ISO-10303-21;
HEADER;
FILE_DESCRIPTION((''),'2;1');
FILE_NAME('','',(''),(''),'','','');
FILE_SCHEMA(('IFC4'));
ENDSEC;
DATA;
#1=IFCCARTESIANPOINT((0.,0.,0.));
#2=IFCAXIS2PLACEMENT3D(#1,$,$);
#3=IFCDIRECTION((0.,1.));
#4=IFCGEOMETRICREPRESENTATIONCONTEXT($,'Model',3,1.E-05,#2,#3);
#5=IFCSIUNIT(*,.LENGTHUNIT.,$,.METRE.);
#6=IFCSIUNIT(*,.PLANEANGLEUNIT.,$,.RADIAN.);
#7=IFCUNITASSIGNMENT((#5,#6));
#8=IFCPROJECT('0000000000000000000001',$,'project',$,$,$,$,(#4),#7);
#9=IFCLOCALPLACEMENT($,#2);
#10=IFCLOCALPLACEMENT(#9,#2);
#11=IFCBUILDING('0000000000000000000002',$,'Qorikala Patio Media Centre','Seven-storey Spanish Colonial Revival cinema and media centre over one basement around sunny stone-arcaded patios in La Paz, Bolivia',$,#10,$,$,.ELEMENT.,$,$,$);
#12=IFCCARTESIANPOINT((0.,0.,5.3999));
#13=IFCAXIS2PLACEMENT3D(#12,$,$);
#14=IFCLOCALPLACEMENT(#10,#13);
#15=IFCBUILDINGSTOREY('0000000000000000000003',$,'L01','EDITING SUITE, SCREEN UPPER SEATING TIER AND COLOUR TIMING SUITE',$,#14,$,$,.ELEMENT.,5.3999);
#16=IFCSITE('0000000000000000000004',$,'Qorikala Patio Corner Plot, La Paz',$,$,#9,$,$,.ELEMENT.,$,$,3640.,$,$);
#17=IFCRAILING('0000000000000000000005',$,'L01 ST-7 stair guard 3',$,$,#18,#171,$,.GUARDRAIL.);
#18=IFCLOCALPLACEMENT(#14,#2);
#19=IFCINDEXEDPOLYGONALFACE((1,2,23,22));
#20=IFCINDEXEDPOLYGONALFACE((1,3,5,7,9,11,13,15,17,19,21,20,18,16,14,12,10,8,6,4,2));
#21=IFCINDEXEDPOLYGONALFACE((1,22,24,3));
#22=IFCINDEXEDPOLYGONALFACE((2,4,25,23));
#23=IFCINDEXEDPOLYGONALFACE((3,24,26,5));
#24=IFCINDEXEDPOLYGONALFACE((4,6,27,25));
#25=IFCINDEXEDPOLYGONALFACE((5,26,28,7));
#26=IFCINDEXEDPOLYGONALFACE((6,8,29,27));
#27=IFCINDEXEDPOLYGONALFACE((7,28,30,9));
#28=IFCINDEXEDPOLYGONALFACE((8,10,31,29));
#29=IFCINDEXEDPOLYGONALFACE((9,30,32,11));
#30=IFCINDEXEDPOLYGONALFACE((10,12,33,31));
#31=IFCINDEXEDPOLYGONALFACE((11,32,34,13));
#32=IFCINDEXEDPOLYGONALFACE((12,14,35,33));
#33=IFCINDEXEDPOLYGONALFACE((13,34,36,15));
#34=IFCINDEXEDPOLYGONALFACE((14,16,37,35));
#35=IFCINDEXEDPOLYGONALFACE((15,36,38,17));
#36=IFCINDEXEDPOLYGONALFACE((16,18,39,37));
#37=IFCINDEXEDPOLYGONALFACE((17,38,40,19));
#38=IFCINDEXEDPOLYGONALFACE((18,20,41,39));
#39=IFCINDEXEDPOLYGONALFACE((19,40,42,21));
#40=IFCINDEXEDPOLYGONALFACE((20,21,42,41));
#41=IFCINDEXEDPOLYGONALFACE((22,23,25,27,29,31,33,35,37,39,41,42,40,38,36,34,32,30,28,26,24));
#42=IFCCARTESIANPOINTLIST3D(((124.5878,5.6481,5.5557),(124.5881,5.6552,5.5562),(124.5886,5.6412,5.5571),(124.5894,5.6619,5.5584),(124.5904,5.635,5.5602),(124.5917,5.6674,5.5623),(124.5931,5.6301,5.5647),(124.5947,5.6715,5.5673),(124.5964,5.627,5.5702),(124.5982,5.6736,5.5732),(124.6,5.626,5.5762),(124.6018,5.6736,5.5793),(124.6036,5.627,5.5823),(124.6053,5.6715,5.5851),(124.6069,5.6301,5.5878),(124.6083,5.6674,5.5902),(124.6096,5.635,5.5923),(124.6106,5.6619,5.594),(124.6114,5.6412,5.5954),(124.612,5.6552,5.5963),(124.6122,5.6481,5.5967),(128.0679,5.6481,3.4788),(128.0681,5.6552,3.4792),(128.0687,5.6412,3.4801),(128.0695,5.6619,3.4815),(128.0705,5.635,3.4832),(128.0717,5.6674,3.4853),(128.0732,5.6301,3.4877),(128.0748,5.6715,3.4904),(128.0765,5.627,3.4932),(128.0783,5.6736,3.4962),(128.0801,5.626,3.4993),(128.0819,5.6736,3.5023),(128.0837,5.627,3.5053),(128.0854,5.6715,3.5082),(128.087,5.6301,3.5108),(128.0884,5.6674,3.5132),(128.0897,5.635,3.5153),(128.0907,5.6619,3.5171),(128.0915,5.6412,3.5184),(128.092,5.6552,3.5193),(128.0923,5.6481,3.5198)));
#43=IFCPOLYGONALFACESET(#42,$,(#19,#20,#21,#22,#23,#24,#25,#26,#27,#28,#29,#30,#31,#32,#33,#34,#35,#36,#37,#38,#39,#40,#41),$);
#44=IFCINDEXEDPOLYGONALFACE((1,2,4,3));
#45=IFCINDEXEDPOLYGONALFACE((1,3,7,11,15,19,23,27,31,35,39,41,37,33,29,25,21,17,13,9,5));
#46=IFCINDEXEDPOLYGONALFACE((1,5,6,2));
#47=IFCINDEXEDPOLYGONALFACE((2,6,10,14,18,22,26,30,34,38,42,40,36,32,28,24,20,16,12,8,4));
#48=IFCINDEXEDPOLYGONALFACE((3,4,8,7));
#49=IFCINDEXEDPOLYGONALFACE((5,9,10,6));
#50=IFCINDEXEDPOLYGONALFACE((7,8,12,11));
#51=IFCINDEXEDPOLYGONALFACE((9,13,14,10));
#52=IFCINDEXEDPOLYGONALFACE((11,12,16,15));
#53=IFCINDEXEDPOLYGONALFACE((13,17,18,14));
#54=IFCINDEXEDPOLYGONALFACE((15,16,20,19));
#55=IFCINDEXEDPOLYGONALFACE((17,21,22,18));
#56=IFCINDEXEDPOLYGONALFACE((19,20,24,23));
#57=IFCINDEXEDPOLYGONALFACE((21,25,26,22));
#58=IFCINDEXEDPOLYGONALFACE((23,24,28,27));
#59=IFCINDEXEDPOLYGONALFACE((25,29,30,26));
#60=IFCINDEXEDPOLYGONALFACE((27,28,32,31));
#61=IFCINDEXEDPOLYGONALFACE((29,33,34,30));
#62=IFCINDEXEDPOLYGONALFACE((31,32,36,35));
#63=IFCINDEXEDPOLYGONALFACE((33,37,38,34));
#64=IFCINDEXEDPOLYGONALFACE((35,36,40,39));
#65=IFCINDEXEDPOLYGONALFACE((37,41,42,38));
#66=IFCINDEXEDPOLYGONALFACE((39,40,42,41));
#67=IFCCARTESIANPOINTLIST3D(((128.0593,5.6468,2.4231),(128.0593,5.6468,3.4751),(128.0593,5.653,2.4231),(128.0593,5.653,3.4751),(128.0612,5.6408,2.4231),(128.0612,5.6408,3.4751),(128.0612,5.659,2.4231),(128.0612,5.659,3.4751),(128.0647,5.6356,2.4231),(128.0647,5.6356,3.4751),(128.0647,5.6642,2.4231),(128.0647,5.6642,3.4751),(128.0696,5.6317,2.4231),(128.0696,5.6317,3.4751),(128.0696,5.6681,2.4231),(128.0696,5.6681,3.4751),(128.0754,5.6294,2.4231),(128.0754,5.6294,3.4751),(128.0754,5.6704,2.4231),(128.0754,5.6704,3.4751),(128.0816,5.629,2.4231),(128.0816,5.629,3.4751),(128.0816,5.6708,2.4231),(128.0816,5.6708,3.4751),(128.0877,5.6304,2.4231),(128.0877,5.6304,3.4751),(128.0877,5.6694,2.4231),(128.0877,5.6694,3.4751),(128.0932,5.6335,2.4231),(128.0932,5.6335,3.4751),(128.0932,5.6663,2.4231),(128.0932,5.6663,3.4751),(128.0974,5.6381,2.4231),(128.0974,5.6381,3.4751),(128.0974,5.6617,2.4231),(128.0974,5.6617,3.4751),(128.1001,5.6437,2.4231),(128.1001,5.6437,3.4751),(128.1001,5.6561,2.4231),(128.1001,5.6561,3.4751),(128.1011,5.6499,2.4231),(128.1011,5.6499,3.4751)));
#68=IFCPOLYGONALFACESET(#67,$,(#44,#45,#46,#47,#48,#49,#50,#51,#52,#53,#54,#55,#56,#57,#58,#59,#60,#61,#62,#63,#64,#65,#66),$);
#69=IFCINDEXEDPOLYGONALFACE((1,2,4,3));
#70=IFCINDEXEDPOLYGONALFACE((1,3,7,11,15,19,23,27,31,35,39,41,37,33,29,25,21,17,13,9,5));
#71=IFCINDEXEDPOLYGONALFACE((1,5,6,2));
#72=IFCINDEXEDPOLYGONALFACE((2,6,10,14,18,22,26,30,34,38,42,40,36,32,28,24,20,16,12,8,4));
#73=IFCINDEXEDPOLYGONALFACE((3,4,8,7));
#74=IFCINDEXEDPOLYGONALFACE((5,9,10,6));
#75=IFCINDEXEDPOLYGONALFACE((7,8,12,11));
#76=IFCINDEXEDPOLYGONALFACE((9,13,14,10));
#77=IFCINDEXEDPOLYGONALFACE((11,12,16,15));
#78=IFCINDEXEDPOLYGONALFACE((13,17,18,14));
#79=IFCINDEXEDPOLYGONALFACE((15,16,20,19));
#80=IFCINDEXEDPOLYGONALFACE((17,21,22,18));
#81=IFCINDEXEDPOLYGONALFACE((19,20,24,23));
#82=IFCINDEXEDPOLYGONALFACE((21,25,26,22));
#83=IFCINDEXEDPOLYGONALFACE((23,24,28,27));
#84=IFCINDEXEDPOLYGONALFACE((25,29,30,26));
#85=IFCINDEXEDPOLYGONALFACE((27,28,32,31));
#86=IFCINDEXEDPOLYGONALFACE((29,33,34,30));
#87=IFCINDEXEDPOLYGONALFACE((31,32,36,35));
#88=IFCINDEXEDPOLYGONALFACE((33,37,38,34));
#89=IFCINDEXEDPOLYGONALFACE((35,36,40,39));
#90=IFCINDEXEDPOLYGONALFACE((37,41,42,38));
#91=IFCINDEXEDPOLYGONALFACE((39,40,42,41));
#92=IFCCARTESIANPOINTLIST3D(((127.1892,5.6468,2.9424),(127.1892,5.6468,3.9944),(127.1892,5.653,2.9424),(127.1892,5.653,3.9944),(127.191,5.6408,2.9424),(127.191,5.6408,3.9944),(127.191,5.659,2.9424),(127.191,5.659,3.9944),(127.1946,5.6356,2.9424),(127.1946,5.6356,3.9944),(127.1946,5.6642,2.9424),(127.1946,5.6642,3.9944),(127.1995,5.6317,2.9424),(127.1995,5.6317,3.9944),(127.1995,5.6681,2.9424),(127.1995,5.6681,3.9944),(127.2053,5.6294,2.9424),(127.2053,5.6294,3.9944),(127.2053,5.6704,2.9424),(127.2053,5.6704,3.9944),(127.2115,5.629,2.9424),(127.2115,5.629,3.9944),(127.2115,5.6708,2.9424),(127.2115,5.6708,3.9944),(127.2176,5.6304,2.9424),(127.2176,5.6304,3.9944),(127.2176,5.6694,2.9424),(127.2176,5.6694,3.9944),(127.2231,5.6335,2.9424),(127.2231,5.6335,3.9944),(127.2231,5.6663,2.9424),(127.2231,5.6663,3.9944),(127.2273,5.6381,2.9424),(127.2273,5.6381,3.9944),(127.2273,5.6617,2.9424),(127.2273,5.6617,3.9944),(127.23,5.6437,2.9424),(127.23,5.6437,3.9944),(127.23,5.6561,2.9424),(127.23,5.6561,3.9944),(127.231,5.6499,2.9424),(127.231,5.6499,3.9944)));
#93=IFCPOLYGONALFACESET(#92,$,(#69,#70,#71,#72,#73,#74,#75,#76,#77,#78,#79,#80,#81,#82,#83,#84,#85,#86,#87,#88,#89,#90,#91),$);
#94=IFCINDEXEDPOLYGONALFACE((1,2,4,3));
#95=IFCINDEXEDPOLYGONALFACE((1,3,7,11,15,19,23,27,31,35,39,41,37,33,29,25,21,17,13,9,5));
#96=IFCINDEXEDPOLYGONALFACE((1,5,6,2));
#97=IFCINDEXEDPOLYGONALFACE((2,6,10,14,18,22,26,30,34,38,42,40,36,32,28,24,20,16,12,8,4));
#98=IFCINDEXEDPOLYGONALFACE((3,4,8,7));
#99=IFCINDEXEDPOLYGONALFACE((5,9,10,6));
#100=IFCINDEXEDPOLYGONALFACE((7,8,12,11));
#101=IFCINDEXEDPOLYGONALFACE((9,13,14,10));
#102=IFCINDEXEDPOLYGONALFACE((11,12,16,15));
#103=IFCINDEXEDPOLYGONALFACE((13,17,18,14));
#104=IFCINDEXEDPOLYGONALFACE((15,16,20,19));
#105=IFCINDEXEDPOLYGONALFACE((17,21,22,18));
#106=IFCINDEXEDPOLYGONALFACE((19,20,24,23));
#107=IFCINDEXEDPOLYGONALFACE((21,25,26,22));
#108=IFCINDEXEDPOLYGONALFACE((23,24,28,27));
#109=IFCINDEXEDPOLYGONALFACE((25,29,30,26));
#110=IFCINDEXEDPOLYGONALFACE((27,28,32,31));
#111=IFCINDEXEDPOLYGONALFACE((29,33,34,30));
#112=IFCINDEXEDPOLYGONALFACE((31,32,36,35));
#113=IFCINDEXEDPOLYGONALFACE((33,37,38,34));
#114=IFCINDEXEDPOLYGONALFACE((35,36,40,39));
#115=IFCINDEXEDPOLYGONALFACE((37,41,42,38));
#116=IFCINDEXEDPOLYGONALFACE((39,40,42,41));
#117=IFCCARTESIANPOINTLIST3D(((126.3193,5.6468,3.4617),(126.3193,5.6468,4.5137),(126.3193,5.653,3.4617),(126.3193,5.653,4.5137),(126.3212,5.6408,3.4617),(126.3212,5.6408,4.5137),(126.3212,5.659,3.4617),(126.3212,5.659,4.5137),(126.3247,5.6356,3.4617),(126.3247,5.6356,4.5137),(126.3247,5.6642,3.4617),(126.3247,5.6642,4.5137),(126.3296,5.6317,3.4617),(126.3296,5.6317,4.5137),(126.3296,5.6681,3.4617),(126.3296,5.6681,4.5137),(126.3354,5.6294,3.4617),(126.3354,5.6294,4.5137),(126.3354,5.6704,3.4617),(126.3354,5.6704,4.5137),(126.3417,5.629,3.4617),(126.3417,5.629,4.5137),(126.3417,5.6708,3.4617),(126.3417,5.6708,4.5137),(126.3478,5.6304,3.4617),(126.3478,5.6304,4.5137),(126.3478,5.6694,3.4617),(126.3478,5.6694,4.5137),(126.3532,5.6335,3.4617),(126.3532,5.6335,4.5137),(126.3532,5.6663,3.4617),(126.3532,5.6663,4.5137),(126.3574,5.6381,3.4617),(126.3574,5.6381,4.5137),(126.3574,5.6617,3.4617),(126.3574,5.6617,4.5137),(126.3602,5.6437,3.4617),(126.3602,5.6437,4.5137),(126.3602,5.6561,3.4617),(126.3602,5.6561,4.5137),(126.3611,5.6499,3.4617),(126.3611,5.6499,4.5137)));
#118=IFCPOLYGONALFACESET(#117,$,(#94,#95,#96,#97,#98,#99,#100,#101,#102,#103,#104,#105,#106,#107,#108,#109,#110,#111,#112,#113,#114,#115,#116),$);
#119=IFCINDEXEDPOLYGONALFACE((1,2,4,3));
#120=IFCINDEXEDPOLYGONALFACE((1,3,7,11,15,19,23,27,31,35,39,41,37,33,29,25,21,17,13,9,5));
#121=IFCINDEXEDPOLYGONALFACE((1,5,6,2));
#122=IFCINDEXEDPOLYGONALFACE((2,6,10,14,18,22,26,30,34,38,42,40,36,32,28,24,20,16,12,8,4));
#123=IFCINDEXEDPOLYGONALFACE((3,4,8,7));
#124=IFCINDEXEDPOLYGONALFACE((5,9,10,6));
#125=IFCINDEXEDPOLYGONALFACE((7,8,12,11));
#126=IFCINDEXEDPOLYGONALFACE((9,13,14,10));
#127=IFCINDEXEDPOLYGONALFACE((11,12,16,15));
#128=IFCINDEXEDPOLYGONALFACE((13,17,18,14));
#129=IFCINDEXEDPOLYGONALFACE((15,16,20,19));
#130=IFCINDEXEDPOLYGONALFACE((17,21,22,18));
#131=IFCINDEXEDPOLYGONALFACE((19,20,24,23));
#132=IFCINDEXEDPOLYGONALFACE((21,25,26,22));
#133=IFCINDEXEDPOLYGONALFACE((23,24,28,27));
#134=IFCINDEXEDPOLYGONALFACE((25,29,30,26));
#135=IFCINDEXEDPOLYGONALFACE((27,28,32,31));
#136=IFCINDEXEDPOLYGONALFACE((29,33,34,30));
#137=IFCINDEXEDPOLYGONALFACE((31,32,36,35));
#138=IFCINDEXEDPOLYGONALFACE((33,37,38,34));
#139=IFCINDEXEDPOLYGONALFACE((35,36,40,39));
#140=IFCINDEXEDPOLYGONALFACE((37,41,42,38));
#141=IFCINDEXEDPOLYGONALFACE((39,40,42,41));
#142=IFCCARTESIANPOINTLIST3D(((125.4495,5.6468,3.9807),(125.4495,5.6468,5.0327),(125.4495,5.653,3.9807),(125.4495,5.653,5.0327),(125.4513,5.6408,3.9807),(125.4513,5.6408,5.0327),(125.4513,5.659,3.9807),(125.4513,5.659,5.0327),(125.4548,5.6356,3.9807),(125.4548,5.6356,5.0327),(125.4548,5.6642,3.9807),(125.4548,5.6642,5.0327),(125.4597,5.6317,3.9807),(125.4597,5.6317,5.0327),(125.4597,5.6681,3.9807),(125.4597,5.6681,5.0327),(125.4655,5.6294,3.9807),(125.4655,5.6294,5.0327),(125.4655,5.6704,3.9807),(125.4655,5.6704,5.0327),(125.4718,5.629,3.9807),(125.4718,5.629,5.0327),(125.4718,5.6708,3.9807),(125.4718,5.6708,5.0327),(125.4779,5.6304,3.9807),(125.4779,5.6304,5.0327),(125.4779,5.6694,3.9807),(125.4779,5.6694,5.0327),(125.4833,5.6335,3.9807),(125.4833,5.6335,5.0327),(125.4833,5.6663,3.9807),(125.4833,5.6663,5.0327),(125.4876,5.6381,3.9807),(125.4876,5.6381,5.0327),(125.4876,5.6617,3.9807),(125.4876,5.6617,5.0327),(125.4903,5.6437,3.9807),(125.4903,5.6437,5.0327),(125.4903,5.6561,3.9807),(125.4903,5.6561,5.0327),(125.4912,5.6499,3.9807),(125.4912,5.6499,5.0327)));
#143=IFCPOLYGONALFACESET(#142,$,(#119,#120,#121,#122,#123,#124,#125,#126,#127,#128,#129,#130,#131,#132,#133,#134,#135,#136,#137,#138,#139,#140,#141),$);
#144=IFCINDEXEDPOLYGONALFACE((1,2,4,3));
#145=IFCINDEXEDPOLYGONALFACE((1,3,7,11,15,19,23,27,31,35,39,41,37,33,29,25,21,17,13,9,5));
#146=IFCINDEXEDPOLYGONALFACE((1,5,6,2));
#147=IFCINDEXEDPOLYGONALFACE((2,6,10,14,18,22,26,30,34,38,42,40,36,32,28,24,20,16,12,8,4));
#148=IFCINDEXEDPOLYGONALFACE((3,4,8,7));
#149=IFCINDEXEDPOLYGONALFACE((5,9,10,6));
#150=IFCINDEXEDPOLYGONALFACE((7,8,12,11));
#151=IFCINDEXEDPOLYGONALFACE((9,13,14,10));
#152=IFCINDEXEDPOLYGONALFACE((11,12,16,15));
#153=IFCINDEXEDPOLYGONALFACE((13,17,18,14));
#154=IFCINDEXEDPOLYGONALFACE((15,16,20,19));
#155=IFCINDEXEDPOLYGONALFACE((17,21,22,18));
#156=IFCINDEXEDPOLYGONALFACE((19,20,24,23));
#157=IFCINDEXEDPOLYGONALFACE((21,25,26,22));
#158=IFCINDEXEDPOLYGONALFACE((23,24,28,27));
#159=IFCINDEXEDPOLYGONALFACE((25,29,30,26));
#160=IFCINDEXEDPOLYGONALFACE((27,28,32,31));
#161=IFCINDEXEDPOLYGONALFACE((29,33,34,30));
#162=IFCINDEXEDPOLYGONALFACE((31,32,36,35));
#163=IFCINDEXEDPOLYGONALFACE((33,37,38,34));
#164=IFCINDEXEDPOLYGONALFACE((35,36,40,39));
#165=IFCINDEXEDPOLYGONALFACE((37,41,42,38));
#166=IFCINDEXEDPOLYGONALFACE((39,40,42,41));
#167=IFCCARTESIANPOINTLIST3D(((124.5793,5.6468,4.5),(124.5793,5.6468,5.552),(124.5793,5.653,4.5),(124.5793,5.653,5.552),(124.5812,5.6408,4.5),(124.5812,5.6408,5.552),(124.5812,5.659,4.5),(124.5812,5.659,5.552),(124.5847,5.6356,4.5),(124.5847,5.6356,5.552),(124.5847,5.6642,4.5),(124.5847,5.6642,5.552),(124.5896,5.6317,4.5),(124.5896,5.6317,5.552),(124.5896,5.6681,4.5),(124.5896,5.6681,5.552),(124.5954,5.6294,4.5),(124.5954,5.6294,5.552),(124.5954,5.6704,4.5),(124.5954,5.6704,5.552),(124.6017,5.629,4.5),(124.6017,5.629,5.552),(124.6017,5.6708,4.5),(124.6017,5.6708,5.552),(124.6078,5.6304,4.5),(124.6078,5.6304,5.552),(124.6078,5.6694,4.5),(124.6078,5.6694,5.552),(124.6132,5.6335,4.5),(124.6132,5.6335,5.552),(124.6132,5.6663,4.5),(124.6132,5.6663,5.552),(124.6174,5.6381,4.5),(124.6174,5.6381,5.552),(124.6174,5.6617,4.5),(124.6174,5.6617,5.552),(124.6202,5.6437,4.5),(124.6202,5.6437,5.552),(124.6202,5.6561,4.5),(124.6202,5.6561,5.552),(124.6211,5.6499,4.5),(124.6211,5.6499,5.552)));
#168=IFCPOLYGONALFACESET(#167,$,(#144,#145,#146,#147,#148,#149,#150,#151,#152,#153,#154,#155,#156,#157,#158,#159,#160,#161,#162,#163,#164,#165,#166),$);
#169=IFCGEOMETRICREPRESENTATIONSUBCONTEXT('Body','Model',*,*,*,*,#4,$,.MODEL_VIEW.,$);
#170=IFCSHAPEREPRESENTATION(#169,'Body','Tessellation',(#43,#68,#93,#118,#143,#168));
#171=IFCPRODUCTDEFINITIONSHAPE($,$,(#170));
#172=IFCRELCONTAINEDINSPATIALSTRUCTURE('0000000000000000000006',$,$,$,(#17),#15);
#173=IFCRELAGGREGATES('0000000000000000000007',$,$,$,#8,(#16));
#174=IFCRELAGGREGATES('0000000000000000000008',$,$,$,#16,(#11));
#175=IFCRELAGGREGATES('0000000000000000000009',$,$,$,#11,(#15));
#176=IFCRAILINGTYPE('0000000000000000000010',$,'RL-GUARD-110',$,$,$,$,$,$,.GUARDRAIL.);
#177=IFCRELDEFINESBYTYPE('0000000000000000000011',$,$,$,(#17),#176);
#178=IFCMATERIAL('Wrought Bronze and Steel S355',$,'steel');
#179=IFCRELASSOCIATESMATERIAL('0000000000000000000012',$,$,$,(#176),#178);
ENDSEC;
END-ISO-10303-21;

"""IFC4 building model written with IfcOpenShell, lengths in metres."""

from ifc_helpers import new_model, si_unit, direction, frame, origin, origin_2d, place, context, subcontext, project, spatial, circle, extrude, material, type_object, element, save


model = new_model("IFC4")

# Units and contexts
model_context = context("Model", 3, precision=1e-05, world=origin(), true_north=direction((0.0, 1.0)))
body_context = subcontext(model_context, "Body", "Model", "MODEL_VIEW")
ifc_project = project(units=[si_unit("LENGTHUNIT", "METRE"), si_unit("PLANEANGLEUNIT", "RADIAN")], contexts=[model_context])

# Site, building, storey
site_placement = place(None, origin())
site = spatial("IfcSite", under=ifc_project, at=site_placement, Name="Qorikala Patio Corner Plot, La Paz", CompositionType="ELEMENT", RefElevation=3640.0)
building_placement = place(site_placement, origin())
building = spatial("IfcBuilding", under=site, at=building_placement, Name="Qorikala Patio Media Centre", Description="Seven-storey Spanish Colonial Revival cinema and media centre over one basement around sunny stone-arcaded patios in La Paz, Bolivia", CompositionType="ELEMENT")
storey_placement = place(building_placement, frame((0.0, 0.0, 5.3999)))
storey = spatial("IfcBuildingStorey", under=building, at=storey_placement, Name="L01", Description="EDITING SUITE, SCREEN UPPER SEATING TIER AND COLOUR TIMING SUITE", CompositionType="ELEMENT", Elevation=5.3999)

# Railing
ifc_material_1 = material(Name="Wrought Bronze and Steel S355", Category="steel")
railing_type_1 = type_object("IfcRailingType", Name="RL-GUARD-110", PredefinedType="GUARDRAIL", material=ifc_material_1)
railing_1_placement = place(storey_placement, frame((128.0801, 5.6499, 2.4231)))
element("IfcRailing", 1, at=railing_1_placement, inside=storey, type_object=railing_type_1, Name="L01 ST-7 stair guard 3", PredefinedType="GUARDRAIL", context=body_context, shape_type="SweptSolid", body=[
    extrude(circle(Radius=0.0239, at=origin_2d()), frame((0.0, 0.0, 1.0762), z_axis=(-0.858697, 0.0, 0.512483), x_axis=(0.0, -1.0, 0.0)), (0.0, 0.0, 1.0), 4.0527),
    extrude(circle(Radius=0.021, at=origin_2d()), origin(), (0.0, 0.0, 1.0), 1.052),
    extrude(circle(Radius=0.021, at=origin_2d()), frame((-0.8701, 0.0, 0.5193)), (0.0, 0.0, 1.0), 1.052),
    extrude(circle(Radius=0.021, at=origin_2d()), frame((-1.74, 0.0, 1.0386)), (0.0, 0.0, 1.0), 1.052),
    extrude(circle(Radius=0.021, at=origin_2d()), frame((-2.6099, 0.0, 1.5576)), (0.0, 0.0, 1.0), 1.052),
    extrude(circle(Radius=0.021, at=origin_2d()), frame((-3.48, 0.0, 2.0769)), (0.0, 0.0, 1.0), 1.052),
])

save(model, "model.ifc")
